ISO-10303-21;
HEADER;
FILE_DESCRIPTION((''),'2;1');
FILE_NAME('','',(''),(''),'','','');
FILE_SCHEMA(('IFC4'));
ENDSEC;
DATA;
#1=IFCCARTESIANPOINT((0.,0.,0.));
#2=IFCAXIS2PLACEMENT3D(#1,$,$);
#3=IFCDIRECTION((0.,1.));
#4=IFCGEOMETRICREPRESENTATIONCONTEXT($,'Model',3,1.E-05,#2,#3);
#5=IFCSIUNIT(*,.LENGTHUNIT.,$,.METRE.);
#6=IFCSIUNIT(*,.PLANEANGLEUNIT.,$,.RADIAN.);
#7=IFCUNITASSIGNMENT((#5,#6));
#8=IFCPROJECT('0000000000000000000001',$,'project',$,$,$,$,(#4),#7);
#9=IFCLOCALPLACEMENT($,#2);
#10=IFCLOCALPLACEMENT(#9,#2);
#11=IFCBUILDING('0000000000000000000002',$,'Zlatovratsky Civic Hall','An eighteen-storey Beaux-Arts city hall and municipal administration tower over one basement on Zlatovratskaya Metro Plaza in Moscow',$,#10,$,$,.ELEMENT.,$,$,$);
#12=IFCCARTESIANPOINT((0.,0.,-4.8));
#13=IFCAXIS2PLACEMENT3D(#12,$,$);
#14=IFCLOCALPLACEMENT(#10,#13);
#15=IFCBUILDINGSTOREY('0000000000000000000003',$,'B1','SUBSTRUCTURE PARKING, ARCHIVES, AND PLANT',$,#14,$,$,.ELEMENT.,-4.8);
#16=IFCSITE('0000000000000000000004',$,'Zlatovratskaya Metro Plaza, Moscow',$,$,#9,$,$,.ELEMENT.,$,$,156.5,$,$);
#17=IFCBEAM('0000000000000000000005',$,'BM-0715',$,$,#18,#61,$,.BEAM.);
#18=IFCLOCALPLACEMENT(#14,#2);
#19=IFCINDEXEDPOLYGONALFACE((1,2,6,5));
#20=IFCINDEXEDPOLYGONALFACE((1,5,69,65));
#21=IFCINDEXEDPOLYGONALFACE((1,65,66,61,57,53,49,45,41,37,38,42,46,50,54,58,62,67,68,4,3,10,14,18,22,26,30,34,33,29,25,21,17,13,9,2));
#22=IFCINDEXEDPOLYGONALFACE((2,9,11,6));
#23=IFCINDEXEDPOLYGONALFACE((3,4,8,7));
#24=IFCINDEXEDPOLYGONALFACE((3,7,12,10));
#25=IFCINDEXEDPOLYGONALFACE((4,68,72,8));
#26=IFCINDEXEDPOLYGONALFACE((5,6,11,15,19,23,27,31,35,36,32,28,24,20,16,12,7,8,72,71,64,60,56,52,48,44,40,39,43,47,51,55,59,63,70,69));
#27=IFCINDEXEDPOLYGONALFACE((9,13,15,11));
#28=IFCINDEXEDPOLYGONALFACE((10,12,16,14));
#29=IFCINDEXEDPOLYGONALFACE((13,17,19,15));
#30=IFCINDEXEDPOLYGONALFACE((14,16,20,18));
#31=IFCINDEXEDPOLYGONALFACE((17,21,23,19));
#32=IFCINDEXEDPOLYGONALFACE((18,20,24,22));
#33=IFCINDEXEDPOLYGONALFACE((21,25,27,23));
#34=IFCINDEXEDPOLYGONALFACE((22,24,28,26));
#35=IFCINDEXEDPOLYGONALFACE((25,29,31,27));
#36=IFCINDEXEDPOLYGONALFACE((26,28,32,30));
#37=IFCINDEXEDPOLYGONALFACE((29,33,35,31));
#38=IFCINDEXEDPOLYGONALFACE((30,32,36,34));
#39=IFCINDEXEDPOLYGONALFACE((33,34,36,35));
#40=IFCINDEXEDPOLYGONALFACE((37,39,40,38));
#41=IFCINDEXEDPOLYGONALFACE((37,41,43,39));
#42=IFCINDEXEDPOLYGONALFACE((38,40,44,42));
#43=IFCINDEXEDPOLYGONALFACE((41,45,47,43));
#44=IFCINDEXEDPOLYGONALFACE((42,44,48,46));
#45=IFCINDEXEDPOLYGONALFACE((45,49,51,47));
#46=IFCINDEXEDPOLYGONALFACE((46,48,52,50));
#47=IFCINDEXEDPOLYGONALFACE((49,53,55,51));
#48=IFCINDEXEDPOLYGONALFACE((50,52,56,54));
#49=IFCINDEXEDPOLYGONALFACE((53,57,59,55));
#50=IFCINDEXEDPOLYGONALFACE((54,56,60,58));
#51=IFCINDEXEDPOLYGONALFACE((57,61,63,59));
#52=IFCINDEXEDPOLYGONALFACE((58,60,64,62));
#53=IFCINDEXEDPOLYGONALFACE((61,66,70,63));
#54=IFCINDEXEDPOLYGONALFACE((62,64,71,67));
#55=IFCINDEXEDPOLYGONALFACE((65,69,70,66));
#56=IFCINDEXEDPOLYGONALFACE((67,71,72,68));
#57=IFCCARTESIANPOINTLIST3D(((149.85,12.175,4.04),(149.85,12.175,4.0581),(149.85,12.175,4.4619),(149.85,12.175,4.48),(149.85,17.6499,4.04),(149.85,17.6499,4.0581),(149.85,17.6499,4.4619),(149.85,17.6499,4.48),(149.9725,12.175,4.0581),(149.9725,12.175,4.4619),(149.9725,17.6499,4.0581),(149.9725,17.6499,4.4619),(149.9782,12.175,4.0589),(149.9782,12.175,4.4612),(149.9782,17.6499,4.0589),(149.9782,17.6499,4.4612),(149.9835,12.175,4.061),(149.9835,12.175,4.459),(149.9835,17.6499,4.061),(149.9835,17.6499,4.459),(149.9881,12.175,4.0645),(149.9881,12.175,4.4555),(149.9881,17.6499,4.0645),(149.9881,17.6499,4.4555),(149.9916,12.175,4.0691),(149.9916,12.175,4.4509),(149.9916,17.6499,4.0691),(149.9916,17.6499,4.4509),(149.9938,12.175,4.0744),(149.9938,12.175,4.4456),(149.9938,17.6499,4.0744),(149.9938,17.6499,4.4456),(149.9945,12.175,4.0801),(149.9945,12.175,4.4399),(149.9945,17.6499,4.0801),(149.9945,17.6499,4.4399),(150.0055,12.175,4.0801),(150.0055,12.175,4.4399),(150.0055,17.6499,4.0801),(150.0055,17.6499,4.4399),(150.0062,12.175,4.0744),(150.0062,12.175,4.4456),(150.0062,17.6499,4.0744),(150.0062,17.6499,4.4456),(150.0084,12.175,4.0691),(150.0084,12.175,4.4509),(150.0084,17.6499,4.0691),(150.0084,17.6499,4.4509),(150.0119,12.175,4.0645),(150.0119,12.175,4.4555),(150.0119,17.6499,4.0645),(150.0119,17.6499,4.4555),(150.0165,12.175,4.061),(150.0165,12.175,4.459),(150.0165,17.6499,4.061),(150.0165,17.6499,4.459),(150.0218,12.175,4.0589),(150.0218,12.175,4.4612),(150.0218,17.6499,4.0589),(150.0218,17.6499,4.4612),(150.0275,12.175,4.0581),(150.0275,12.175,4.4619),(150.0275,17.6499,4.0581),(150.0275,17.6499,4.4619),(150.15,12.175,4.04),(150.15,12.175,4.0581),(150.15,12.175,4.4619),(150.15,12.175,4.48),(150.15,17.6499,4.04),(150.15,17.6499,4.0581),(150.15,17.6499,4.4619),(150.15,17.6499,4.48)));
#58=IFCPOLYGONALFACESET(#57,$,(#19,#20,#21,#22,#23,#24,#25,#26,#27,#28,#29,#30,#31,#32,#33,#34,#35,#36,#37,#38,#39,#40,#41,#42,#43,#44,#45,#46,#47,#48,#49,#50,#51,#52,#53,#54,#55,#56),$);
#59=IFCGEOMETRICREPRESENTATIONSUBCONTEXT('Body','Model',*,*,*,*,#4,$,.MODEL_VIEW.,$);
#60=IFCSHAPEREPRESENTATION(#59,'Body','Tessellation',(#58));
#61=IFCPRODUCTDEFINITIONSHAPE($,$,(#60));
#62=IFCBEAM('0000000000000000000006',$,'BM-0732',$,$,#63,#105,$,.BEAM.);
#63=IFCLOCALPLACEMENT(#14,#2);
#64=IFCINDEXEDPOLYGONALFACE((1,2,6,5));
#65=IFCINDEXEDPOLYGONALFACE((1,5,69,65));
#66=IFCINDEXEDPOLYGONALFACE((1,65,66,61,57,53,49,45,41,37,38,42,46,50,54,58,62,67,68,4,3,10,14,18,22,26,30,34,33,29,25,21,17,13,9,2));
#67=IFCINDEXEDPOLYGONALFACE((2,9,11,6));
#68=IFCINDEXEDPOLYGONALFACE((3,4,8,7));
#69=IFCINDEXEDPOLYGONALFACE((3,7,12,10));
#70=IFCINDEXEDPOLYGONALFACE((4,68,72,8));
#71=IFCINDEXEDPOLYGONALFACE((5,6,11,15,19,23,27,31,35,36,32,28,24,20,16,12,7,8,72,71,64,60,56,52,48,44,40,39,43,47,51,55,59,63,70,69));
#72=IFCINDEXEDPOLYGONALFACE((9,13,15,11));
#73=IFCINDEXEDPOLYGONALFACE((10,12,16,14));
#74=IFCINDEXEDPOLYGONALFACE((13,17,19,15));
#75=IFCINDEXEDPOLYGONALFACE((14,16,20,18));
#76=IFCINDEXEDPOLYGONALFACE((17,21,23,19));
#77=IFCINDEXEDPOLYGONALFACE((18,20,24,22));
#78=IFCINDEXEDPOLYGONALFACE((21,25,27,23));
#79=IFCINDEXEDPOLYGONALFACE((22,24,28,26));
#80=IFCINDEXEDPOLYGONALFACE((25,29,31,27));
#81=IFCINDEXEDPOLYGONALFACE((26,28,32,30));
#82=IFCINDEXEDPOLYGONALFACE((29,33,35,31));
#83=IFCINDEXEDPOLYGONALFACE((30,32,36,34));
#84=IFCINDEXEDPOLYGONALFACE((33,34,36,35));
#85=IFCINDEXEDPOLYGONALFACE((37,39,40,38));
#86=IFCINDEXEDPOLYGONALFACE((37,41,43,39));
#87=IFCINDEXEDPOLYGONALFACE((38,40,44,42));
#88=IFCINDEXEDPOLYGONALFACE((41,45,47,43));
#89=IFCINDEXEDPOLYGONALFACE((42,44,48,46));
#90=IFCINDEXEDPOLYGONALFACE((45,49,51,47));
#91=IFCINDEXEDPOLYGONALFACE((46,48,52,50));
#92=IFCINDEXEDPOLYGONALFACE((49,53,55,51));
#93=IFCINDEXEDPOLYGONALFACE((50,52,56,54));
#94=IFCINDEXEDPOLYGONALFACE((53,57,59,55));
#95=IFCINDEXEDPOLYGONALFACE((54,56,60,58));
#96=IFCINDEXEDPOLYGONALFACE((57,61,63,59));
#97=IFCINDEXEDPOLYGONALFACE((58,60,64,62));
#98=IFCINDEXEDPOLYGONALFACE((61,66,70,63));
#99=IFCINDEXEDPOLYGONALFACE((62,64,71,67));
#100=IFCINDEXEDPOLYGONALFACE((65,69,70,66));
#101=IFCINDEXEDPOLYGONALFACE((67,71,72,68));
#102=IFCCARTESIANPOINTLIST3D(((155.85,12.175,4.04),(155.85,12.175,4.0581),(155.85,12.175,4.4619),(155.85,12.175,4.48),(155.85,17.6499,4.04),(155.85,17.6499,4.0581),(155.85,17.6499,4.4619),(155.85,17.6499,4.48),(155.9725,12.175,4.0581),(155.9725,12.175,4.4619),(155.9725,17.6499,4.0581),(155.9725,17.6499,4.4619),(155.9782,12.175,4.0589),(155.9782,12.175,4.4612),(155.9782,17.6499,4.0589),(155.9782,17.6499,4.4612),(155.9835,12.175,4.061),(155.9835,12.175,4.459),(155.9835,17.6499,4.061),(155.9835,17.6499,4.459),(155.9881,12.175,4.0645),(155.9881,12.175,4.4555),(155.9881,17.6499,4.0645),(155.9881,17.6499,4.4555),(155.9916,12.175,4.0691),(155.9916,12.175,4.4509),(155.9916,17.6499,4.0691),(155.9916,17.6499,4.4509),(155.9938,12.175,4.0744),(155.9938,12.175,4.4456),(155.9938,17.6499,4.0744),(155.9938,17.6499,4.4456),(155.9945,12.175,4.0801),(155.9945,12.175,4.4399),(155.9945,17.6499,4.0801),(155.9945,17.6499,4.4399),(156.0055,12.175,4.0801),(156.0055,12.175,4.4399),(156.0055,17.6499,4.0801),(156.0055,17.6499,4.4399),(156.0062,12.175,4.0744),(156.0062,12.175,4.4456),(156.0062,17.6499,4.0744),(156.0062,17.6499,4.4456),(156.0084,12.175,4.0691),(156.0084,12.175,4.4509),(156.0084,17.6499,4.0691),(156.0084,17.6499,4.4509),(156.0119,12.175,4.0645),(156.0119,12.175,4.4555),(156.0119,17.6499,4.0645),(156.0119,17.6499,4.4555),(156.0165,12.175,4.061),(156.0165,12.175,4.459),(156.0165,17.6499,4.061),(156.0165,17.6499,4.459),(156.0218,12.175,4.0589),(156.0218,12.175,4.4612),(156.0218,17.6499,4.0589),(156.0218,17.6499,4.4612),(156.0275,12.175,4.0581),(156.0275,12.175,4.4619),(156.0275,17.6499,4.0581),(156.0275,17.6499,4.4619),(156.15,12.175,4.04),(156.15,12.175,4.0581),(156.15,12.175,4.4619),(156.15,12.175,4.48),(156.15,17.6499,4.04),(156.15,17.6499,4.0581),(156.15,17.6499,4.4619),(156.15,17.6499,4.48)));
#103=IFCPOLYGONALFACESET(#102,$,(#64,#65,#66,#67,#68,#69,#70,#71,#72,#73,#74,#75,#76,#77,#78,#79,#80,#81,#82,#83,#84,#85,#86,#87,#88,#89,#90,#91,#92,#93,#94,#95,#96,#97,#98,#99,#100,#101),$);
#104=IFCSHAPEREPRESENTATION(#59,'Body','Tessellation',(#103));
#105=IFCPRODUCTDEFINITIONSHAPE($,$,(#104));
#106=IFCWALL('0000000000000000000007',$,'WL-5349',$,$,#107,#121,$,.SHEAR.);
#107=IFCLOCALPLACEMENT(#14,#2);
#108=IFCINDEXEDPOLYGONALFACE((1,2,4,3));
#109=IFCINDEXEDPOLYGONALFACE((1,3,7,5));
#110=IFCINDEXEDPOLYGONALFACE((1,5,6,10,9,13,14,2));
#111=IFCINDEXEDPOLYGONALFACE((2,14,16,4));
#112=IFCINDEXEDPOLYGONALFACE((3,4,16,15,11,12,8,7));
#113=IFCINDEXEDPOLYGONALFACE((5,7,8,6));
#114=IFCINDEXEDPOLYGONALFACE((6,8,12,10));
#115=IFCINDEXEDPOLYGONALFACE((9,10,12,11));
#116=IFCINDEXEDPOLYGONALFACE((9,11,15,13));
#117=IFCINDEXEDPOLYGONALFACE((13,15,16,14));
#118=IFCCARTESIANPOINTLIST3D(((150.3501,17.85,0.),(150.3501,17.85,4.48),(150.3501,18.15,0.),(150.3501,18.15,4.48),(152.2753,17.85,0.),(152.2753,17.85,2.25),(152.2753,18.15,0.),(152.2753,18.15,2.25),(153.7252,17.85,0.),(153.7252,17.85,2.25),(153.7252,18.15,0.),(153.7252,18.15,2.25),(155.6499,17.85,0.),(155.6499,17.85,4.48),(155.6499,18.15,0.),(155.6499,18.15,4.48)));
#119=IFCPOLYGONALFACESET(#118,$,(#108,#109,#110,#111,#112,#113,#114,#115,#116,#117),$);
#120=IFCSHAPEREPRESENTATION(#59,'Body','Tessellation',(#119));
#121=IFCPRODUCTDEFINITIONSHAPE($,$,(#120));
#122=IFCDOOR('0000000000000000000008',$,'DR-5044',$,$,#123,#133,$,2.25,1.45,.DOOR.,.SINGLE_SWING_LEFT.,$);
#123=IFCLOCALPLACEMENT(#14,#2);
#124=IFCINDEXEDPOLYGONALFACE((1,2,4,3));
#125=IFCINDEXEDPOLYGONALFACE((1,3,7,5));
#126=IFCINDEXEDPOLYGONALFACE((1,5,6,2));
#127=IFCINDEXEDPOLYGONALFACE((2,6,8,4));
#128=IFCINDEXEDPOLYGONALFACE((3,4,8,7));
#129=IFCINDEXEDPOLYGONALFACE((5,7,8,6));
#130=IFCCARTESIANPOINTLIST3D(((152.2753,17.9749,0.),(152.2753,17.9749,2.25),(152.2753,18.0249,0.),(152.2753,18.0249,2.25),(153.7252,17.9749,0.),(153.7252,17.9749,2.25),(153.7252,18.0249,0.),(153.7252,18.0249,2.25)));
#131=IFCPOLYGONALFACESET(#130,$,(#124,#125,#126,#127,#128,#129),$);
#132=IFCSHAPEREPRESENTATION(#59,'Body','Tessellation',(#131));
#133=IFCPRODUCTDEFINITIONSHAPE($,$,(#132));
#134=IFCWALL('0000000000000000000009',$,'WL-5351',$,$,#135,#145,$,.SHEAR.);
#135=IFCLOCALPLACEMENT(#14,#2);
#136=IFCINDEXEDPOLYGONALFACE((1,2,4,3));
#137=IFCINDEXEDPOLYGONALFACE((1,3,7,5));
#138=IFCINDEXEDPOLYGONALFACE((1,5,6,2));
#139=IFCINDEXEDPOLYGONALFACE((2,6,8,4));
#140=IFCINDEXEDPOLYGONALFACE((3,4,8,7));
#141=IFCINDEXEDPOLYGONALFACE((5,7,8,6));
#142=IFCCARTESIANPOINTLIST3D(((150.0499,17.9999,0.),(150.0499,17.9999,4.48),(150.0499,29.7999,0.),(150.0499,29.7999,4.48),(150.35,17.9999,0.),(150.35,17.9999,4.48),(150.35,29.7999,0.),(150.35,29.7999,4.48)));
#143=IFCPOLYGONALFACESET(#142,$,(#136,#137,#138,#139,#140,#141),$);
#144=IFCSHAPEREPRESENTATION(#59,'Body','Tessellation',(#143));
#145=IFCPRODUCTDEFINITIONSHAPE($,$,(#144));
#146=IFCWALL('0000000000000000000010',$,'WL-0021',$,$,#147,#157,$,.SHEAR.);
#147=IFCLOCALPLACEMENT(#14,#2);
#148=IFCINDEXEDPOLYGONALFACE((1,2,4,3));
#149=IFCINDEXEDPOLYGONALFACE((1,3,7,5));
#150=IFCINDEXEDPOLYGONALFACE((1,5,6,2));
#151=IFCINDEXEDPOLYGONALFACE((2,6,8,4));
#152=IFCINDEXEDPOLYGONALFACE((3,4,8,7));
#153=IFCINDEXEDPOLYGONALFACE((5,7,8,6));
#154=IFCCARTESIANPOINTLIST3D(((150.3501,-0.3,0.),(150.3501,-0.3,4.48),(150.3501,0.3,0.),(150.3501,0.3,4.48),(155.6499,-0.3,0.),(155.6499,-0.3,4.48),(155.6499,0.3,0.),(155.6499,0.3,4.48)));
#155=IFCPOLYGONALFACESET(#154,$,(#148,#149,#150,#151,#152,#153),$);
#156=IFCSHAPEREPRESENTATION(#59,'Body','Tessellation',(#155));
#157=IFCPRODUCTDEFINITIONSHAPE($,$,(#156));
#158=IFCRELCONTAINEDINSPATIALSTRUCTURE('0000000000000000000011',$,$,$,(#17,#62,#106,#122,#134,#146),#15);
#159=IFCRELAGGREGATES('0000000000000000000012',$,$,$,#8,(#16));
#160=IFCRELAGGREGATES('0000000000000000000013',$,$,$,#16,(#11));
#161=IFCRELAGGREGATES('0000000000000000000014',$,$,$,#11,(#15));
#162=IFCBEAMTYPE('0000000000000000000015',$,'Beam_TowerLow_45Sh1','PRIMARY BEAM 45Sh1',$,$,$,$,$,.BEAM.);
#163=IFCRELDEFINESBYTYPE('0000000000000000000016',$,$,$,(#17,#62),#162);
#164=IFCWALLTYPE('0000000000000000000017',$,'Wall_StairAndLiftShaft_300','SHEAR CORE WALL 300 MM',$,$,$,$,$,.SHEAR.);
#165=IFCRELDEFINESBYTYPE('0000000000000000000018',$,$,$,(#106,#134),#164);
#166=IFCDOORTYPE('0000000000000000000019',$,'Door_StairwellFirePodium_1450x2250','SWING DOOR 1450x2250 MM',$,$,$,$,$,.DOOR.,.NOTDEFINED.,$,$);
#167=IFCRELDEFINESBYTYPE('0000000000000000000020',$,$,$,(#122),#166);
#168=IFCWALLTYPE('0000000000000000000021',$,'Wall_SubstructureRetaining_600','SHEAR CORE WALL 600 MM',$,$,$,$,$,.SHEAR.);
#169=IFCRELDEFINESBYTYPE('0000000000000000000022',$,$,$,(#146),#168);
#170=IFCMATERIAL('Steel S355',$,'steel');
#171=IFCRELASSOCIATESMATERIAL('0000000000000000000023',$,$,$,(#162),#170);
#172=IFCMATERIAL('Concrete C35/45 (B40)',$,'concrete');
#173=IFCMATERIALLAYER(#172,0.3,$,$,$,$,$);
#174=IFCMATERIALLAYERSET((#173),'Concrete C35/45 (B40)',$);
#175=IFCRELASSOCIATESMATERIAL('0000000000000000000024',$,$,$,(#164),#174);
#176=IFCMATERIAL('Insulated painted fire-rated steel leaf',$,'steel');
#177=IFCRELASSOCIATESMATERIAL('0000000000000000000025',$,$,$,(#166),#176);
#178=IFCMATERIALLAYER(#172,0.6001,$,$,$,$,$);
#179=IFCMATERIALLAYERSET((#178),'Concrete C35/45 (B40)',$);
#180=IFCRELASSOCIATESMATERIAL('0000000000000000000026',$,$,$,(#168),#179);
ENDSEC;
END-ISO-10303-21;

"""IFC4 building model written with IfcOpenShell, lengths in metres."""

from ifc_helpers import new_model, si_unit, direction, frame, frame_2d, origin, origin_2d, place, context, subcontext, project, spatial, rectangle, i_section, extrude, material, layer, layer_set, material_profile, profile_set, type_object, element, fill, save


model = new_model("IFC4")

# Units and contexts
model_context = context("Model", 3, precision=1e-05, world=origin(), true_north=direction((0.0, 1.0)))
body_context = subcontext(model_context, "Body", "Model", "MODEL_VIEW")
ifc_project = project(units=[si_unit("LENGTHUNIT", "METRE"), si_unit("PLANEANGLEUNIT", "RADIAN")], contexts=[model_context])

# Site, building, storey
site_placement = place(None, origin())
site = spatial("IfcSite", under=ifc_project, at=site_placement, Name="Zlatovratskaya Metro Plaza, Moscow", CompositionType="ELEMENT", RefElevation=156.5)
building_placement = place(site_placement, origin())
building = spatial("IfcBuilding", under=site, at=building_placement, Name="Zlatovratsky Civic Hall", Description="An eighteen-storey Beaux-Arts city hall and municipal administration tower over one basement on Zlatovratskaya Metro Plaza in Moscow", CompositionType="ELEMENT")
storey_placement = place(building_placement, frame((0.0, 0.0, -4.8)))
storey = spatial("IfcBuildingStorey", under=building, at=storey_placement, Name="B1", Description="SUBSTRUCTURE PARKING, ARCHIVES, AND PLANT", CompositionType="ELEMENT", Elevation=-4.8)

# Shared definitions
ifc_material_1 = material(Name="Concrete C35/45 (B40)", Category="concrete")
ifc_material_2 = material(Name="Steel S355", Category="steel")

# Beams
ifc_material_profile_1 = material_profile(ifc_material_2, i_section(OverallWidth=0.3, OverallDepth=0.4399, WebThickness=0.011, FlangeThickness=0.0181, FilletRadius=0.022, at=origin_2d()), Name="45Sh1")
ifc_profile_set_1 = profile_set([ifc_material_profile_1], Name="Steel S355")
beam_type_1 = type_object("IfcBeamType", Name="Beam_TowerLow_45Sh1", Description="PRIMARY BEAM 45Sh1", PredefinedType="BEAM", material=ifc_profile_set_1)
for number, where, z_axis, x_axis, name in (
    (1, (150.0, 12.175, 4.26), (0.0, 1.0, 0.0), (-1.0, 0.0, 0.0), "BM-0715"),
    (2, (156.0, 12.175, 4.26), (0.0, 1.0, 0.0), (-1.0, 0.0, 0.0), "BM-0732"),
):
    element("IfcBeam", number, at=place(storey_placement, frame(where, z_axis=z_axis, x_axis=x_axis)), inside=storey, type_object=beam_type_1, Name=name, PredefinedType="BEAM", context=body_context, shape_type="SweptSolid", body=[
        extrude(i_section(OverallWidth=0.3, OverallDepth=0.4399, WebThickness=0.011, FlangeThickness=0.0181, FilletRadius=0.022, at=origin_2d()), origin(), (0.0, 0.0, 1.0), 5.4749),
    ])

# Wall, opening, door
ifc_layer_1 = layer(ifc_material_1, 0.3)
ifc_layer_set_1 = layer_set([ifc_layer_1], Name="Concrete C35/45 (B40)")
wall_type_1 = type_object("IfcWallType", Name="Wall_StairAndLiftShaft_300", Description="SHEAR CORE WALL 300 MM", PredefinedType="SHEAR", material=ifc_layer_set_1)
wall_1_placement = place(storey_placement, frame((150.3501, 18.0, 0.0), z_axis=(0.0, 0.0, 1.0), x_axis=(1.0, 0.0, 0.0)))
wall_1 = element("IfcWall", 3, at=wall_1_placement, inside=storey, type_object=wall_type_1, Name="WL-5349", PredefinedType="SHEAR", context=body_context, shape_type="SweptSolid", body=[
    extrude(rectangle(XDim=5.2998, YDim=0.3, at=frame_2d((2.6499, 0.0))), origin(), (0.0, 0.0, 1.0), 4.48),
])
opening_placement = place(wall_1_placement, frame((1.925, 0.0, 0.0)))
opening = element("IfcOpeningElement", 4, at=opening_placement, cuts=wall_1, PredefinedType="OPENING", context=body_context, shape_type="SweptSolid", body=[
    extrude(rectangle(XDim=1.45, YDim=2.25, at=frame_2d((0.7251, 1.125))), frame((0.0, 0.165, 0.0), z_axis=(0.0, -1.0, 0.0), x_axis=(1.0, 0.0, 0.0)), (0.0, 0.0, 1.0), 0.3298),
])
ifc_material_3 = material(Name="Insulated painted fire-rated steel leaf", Category="steel")
door_type = type_object("IfcDoorType", Name="Door_StairwellFirePodium_1450x2250", Description="SWING DOOR 1450x2250 MM", OperationType="NOTDEFINED", PredefinedType="DOOR", material=ifc_material_3)
door_placement = place(opening_placement, origin())
door = element("IfcDoor", 5, at=door_placement, inside=storey, type_object=door_type, Name="DR-5044", OperationType="SINGLE_SWING_LEFT", OverallHeight=2.25, OverallWidth=1.45, PredefinedType="DOOR", context=body_context, shape_type="SweptSolid", body=[
    extrude(rectangle(XDim=1.45, YDim=2.25, at=frame_2d((0.7251, 1.125))), frame((0.0, 0.0249, 0.0), z_axis=(0.0, -1.0, 0.0), x_axis=(1.0, 0.0, 0.0)), (0.0, 0.0, 1.0), 0.05),
])
fill(opening, door)

# Walls
wall_2_placement = place(storey_placement, frame((150.2, 18.0, 0.0), z_axis=(0.0, 0.0, 1.0), x_axis=(0.0, 1.0, 0.0)))
element("IfcWall", 6, at=wall_2_placement, inside=storey, type_object=wall_type_1, Name="WL-5351", PredefinedType="SHEAR", context=body_context, shape_type="SweptSolid", body=[
    extrude(rectangle(XDim=11.8, YDim=0.3, at=frame_2d((5.8999, 0.0))), origin(), (0.0, 0.0, 1.0), 4.48),
])
ifc_layer_2 = layer(ifc_material_1, 0.6001)
ifc_layer_set_2 = layer_set([ifc_layer_2], Name="Concrete C35/45 (B40)")
wall_type_2 = type_object("IfcWallType", Name="Wall_SubstructureRetaining_600", Description="SHEAR CORE WALL 600 MM", PredefinedType="SHEAR", material=ifc_layer_set_2)
wall_3_placement = place(storey_placement, frame((150.3501, 0.0, 0.0), z_axis=(0.0, 0.0, 1.0), x_axis=(1.0, 0.0, 0.0)))
element("IfcWall", 7, at=wall_3_placement, inside=storey, type_object=wall_type_2, Name="WL-0021", PredefinedType="SHEAR", context=body_context, shape_type="SweptSolid", body=[
    extrude(rectangle(XDim=5.2998, YDim=0.6001, at=frame_2d((2.6499, 0.0))), origin(), (0.0, 0.0, 1.0), 4.48),
])

save(model, "model.ifc")
